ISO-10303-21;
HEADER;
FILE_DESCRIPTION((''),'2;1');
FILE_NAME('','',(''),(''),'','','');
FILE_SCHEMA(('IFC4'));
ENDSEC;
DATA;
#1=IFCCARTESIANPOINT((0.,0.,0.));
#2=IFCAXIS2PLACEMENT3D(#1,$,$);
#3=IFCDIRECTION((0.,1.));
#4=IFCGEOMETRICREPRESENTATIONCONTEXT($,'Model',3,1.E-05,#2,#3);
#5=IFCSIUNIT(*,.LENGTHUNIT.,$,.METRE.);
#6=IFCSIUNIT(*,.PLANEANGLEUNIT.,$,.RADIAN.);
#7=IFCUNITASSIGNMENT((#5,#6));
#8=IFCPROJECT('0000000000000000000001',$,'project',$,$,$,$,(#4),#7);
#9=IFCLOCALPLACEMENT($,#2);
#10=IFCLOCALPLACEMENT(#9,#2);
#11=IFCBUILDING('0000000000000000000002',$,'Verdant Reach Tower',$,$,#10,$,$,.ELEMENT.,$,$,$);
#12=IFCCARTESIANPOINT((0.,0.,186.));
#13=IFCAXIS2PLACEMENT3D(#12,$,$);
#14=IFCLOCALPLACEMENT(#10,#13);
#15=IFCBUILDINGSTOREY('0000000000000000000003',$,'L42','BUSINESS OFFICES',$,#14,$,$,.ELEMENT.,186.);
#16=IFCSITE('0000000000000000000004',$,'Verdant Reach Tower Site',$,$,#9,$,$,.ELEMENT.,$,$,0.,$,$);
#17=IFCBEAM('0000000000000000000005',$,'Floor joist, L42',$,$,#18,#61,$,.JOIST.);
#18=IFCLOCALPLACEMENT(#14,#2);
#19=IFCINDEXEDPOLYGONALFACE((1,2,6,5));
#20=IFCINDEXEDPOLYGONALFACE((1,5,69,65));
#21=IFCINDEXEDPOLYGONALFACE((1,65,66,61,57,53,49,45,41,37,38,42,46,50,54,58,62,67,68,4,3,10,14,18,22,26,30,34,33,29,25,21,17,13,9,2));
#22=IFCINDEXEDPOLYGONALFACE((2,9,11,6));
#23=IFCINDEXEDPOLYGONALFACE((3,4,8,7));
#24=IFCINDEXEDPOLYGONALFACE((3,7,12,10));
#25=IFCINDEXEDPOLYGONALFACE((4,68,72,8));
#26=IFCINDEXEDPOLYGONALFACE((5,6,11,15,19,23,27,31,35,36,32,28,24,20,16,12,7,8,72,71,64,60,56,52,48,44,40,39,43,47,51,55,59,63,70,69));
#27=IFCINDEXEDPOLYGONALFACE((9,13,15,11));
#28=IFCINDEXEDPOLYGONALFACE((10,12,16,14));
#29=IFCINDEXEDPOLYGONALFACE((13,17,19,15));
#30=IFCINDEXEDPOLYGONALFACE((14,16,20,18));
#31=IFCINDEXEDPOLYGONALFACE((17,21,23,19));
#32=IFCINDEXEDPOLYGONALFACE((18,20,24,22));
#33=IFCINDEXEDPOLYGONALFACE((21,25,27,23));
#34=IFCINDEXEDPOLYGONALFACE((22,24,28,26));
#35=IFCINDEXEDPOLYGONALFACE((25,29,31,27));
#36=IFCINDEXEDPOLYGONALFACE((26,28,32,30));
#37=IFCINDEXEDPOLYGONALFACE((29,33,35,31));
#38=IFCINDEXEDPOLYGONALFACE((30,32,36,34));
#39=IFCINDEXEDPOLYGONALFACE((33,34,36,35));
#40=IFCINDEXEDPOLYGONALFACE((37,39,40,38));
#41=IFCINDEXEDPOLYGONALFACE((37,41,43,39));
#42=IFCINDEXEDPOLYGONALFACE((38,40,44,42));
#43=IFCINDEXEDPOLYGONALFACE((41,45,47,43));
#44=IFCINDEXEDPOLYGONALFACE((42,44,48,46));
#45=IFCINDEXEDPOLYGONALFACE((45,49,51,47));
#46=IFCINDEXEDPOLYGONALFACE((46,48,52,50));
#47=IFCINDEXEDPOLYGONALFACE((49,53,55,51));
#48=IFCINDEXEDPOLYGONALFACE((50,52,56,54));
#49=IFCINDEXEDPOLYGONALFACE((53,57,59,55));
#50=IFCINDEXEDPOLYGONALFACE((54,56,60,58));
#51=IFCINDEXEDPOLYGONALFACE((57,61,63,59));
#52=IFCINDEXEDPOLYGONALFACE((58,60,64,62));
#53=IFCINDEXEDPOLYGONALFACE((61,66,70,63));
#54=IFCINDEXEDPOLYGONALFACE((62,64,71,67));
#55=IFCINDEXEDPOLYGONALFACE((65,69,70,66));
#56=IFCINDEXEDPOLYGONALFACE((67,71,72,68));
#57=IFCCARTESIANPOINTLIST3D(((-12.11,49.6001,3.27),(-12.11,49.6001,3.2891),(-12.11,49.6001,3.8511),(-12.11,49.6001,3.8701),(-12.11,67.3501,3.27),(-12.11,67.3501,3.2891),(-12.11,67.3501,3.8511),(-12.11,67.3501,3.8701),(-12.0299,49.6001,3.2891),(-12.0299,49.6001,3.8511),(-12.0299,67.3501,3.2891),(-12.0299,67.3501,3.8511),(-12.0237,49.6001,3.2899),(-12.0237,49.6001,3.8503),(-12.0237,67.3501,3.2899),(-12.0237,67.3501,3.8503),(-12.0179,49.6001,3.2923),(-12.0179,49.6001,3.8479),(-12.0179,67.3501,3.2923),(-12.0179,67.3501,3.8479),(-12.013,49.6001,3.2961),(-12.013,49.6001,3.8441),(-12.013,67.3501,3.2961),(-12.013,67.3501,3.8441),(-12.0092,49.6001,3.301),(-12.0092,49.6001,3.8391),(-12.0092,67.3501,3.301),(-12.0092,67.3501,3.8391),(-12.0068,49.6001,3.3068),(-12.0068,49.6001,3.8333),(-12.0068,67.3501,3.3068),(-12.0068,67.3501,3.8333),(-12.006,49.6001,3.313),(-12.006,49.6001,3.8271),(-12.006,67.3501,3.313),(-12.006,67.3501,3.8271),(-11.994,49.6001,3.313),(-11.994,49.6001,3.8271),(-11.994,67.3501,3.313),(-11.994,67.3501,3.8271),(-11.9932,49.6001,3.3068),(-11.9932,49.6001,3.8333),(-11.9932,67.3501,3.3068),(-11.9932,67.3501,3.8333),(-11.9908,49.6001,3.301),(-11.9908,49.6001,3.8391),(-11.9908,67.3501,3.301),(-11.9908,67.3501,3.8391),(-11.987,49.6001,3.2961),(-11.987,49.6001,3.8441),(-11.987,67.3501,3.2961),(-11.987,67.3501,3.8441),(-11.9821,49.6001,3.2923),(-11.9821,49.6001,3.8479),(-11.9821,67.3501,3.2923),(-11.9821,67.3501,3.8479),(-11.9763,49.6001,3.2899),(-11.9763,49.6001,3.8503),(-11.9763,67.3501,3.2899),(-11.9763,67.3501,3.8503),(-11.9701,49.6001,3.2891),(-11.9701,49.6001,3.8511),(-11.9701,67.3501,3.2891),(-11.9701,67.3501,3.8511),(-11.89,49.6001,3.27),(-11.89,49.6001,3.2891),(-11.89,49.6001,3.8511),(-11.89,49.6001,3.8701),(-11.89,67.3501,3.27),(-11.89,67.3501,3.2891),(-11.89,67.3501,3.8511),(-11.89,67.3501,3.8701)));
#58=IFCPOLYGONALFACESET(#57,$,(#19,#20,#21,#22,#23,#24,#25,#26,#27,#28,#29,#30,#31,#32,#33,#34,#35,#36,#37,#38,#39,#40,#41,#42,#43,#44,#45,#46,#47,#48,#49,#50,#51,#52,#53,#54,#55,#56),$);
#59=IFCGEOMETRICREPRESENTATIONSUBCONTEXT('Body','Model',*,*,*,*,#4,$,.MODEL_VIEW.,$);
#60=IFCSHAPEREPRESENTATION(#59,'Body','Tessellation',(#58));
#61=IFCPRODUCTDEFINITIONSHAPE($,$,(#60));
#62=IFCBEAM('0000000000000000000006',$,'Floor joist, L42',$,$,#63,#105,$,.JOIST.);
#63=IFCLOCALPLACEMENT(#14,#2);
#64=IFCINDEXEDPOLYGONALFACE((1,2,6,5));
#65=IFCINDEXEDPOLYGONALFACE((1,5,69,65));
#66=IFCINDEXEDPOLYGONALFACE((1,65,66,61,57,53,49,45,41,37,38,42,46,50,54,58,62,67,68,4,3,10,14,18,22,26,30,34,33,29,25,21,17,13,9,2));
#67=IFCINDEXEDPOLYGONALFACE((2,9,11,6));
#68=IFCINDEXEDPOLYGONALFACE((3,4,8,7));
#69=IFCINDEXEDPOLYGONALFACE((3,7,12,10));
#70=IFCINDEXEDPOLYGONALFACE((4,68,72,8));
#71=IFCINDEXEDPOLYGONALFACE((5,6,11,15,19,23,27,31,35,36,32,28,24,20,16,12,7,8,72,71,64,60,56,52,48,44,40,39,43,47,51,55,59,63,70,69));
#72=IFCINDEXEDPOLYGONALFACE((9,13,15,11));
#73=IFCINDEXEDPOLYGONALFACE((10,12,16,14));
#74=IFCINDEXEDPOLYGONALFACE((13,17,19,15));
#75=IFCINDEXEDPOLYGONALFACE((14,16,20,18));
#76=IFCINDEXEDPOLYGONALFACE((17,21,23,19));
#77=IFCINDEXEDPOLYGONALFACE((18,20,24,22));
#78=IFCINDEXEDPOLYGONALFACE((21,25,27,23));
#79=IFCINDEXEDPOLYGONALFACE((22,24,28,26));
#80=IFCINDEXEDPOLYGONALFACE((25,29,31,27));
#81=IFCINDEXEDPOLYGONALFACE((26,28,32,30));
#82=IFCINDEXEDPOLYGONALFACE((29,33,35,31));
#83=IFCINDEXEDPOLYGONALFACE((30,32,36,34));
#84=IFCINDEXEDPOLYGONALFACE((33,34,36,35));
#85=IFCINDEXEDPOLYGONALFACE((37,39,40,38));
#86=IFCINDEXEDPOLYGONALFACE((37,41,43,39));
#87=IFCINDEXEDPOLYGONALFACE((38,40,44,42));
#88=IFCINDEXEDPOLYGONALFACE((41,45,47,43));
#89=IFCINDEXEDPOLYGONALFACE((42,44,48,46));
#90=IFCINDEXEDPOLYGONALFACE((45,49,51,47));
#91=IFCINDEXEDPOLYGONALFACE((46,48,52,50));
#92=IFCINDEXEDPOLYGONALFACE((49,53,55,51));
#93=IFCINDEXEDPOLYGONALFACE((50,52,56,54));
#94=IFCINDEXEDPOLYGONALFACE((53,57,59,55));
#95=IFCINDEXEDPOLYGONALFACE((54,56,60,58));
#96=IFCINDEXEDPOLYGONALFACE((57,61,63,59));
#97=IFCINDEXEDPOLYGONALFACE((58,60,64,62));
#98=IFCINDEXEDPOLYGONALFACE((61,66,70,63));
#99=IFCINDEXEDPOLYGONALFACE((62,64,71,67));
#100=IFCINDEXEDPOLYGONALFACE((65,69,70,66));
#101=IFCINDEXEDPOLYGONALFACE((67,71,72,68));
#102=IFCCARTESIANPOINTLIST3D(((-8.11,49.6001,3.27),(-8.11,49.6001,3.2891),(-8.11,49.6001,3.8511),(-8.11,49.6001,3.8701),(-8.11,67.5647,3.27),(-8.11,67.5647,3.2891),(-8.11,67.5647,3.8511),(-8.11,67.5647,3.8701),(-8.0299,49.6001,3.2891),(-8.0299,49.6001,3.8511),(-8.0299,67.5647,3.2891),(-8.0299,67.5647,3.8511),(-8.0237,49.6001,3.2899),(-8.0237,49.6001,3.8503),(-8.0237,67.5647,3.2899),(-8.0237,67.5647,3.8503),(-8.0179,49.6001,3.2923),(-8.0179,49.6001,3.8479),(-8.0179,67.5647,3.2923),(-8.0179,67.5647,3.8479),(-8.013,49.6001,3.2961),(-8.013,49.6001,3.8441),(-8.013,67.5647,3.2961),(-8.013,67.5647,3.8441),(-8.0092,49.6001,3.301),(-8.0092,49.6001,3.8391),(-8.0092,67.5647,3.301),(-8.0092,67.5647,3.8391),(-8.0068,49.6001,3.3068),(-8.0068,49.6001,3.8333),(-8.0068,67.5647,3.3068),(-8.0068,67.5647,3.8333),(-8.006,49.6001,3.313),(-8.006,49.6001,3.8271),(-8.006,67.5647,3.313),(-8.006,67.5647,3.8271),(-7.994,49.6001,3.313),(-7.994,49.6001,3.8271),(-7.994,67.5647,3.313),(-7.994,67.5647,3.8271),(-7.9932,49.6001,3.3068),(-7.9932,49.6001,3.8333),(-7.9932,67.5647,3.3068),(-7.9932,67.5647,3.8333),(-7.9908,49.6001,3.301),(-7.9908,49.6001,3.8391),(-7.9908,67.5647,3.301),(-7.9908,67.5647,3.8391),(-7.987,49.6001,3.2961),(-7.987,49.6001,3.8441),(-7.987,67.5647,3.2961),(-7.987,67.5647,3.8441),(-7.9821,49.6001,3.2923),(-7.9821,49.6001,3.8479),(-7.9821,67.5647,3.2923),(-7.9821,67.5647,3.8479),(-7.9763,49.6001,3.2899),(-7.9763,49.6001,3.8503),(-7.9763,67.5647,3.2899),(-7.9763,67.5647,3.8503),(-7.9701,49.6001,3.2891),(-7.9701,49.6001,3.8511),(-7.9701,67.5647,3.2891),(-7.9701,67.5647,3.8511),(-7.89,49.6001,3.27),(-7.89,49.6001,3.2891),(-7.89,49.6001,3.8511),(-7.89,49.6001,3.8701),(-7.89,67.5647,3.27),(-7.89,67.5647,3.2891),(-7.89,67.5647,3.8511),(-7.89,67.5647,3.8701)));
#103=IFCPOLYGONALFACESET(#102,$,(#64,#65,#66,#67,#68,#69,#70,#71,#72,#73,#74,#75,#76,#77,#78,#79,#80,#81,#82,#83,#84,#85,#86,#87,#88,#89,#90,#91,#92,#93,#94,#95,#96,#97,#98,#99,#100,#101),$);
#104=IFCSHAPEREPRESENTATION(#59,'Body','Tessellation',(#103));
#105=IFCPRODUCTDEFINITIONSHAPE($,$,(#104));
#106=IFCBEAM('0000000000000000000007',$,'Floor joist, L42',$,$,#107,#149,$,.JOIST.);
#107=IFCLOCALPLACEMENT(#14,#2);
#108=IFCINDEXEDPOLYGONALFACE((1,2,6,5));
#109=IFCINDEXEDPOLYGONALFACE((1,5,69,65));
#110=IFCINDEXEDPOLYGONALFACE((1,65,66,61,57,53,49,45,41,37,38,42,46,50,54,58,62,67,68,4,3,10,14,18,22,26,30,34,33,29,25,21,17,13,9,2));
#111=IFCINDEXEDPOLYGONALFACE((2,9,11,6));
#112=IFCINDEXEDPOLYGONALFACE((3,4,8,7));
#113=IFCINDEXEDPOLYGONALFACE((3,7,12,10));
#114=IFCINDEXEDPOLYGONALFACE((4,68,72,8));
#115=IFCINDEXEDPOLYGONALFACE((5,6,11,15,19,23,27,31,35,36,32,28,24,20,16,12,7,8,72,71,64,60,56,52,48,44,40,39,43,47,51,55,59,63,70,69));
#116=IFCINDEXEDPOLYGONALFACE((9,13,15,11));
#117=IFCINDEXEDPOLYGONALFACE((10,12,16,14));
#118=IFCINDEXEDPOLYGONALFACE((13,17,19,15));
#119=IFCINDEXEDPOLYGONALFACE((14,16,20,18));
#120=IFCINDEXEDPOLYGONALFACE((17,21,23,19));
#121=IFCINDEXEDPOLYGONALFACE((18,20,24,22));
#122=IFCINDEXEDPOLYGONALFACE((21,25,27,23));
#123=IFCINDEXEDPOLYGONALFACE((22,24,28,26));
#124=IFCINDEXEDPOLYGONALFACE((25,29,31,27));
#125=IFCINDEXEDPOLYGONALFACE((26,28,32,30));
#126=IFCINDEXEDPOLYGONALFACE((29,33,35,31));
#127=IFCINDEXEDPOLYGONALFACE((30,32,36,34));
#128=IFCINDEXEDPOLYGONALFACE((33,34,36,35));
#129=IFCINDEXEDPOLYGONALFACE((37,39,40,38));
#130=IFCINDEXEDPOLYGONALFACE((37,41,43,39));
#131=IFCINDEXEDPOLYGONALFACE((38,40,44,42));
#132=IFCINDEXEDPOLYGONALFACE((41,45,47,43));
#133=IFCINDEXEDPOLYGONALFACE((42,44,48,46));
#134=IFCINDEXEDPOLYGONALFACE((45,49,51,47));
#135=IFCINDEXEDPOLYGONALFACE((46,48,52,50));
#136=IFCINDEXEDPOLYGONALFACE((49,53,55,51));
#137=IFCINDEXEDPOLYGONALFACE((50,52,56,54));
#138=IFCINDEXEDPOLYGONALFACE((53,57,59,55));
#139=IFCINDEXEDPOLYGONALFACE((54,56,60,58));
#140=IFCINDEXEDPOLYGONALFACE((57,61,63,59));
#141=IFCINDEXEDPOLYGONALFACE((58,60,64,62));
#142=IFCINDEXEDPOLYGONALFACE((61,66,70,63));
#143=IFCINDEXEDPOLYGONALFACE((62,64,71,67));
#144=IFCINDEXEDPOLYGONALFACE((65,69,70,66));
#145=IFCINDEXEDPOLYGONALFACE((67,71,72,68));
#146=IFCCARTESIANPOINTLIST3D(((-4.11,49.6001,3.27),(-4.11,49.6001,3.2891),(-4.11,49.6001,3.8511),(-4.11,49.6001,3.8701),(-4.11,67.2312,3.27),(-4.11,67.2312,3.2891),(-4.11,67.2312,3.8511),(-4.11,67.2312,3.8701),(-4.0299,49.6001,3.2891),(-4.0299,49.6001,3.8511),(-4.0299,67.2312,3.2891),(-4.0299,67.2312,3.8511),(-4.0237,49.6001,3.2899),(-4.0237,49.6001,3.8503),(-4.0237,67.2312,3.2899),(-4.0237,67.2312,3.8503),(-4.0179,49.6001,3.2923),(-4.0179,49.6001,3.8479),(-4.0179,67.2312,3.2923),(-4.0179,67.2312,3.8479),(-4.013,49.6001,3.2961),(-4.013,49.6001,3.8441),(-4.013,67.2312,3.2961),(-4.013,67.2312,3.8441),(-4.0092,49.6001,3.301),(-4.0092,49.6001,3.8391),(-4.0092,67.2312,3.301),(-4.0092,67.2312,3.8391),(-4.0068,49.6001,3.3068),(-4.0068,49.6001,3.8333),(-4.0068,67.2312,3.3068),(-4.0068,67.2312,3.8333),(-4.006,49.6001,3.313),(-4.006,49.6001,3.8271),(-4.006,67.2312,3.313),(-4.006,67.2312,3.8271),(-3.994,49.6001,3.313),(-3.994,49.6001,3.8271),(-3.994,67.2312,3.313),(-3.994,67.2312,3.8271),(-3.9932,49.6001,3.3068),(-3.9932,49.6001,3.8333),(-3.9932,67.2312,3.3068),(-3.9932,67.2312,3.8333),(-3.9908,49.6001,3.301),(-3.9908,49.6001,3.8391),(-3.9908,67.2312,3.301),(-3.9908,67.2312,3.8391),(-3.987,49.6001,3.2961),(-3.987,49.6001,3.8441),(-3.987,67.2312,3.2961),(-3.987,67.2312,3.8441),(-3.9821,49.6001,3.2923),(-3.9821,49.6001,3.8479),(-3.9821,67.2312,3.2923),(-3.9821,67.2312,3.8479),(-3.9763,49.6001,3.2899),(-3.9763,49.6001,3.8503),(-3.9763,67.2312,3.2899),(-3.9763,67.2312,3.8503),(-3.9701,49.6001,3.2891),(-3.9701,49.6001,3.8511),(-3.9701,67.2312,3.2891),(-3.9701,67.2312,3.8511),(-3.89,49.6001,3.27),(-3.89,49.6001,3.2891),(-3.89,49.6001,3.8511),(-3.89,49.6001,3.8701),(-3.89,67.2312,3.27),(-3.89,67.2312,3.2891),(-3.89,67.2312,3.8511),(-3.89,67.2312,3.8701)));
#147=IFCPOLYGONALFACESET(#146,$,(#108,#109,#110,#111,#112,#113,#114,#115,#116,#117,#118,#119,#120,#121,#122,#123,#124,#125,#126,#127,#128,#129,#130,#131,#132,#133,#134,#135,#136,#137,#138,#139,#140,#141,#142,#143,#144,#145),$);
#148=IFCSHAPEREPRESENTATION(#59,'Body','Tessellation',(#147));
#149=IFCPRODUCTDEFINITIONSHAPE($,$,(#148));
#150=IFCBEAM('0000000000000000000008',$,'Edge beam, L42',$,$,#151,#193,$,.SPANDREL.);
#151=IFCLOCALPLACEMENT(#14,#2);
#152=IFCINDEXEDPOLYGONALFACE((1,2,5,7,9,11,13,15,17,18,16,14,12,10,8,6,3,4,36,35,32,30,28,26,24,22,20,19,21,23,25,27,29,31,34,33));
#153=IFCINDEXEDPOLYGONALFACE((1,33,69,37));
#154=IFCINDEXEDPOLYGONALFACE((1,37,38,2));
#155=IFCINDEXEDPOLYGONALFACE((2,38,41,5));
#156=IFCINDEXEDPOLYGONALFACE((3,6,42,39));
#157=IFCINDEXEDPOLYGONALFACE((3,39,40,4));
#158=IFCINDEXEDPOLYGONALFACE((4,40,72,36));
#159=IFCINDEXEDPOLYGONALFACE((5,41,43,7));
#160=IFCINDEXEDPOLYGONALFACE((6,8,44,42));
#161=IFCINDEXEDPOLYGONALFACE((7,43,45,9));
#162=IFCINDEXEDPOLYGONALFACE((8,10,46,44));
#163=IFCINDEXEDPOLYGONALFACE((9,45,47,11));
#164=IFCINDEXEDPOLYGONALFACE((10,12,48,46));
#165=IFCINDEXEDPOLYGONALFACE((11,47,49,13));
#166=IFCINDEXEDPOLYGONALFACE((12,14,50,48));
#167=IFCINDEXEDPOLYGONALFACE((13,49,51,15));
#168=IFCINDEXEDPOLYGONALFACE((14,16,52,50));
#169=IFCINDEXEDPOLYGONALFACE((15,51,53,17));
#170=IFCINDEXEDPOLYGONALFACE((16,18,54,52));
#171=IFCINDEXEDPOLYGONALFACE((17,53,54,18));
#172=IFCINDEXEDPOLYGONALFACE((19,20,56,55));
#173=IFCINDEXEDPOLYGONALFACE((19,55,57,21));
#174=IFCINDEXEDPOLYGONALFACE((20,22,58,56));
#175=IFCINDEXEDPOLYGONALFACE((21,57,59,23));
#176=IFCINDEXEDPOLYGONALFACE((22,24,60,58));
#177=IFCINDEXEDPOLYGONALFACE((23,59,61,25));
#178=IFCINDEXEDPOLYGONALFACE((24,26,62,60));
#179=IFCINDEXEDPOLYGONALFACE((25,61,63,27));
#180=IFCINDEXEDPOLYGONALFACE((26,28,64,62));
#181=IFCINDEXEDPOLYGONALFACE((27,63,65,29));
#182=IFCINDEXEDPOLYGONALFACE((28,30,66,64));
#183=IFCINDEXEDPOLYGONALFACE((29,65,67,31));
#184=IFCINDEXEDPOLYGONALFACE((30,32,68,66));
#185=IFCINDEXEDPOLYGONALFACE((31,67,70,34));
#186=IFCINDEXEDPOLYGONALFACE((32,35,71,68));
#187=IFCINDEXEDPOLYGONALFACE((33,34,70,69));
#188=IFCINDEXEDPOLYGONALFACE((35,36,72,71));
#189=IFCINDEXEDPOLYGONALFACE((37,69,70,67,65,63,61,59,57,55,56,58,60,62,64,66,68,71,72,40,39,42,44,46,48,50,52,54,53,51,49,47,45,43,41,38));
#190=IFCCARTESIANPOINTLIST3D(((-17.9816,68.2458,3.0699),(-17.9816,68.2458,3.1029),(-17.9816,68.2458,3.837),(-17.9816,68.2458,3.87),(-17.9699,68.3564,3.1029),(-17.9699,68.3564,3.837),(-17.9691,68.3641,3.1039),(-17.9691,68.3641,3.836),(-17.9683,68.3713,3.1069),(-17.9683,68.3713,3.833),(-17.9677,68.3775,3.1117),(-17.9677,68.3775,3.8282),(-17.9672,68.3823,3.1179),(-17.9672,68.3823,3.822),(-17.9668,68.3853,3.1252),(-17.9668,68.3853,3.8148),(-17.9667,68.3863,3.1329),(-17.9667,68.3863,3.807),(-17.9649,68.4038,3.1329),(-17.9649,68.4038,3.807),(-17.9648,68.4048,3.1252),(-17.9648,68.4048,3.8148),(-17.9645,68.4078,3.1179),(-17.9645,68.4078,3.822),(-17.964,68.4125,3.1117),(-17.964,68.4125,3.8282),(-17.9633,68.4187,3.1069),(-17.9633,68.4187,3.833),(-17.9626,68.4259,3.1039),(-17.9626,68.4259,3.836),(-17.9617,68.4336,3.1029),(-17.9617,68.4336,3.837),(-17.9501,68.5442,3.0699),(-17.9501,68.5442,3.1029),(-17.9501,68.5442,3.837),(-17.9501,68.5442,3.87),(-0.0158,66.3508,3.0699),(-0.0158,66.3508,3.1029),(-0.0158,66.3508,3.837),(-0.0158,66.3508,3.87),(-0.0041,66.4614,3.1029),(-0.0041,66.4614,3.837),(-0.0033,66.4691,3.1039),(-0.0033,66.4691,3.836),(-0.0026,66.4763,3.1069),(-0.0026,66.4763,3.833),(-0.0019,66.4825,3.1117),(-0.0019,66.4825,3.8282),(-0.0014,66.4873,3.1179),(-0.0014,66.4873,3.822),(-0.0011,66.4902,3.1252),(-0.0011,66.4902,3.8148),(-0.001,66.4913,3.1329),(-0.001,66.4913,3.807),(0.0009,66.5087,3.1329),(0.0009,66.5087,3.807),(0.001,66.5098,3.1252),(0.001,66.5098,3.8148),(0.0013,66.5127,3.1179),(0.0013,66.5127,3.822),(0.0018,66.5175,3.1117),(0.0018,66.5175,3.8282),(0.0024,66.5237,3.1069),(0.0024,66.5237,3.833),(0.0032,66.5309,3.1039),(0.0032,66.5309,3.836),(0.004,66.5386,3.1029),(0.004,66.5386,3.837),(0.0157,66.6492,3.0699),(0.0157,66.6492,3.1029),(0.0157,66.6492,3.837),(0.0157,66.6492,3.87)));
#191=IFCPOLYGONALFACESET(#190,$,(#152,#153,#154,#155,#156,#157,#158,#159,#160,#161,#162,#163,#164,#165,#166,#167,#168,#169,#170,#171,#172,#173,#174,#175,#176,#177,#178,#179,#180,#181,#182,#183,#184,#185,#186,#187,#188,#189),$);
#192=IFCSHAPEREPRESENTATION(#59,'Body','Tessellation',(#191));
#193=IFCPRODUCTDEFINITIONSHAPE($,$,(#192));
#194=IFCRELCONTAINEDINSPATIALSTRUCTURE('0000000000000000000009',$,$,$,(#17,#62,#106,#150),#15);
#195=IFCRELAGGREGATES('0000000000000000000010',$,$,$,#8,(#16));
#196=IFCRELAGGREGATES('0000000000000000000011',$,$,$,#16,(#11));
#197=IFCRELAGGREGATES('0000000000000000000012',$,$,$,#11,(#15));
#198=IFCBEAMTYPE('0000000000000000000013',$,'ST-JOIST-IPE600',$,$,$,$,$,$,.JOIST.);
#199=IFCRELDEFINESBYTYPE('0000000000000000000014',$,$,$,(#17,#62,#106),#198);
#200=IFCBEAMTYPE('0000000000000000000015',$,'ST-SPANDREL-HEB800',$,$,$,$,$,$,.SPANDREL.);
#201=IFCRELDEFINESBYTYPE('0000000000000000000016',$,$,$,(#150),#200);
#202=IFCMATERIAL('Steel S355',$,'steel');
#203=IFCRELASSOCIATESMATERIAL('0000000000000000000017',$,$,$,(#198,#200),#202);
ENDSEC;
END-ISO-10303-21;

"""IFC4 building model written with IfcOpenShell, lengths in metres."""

from ifc_helpers import new_model, si_unit, direction, frame, origin, origin_2d, place, context, subcontext, project, spatial, i_section, extrude, material, material_profile, profile_set, type_object, element, save


model = new_model("IFC4")

# Units and contexts
model_context = context("Model", 3, precision=1e-05, world=origin(), true_north=direction((0.0, 1.0)))
body_context = subcontext(model_context, "Body", "Model", "MODEL_VIEW")
ifc_project = project(units=[si_unit("LENGTHUNIT", "METRE"), si_unit("PLANEANGLEUNIT", "RADIAN")], contexts=[model_context])

# Site, building, storey
site_placement = place(None, origin())
site = spatial("IfcSite", under=ifc_project, at=site_placement, Name="Verdant Reach Tower Site", CompositionType="ELEMENT", RefElevation=0.0)
building_placement = place(site_placement, origin())
building = spatial("IfcBuilding", under=site, at=building_placement, Name="Verdant Reach Tower", CompositionType="ELEMENT")
storey_placement = place(building_placement, frame((0.0, 0.0, 186.0)))
storey = spatial("IfcBuildingStorey", under=building, at=storey_placement, Name="L42", Description="BUSINESS OFFICES", CompositionType="ELEMENT", Elevation=186.0)

# Beams
ifc_material_1 = material(Name="Steel S355", Category="steel")
ifc_material_profile_1 = material_profile(ifc_material_1, i_section(OverallWidth=0.22, OverallDepth=0.6001, WebThickness=0.012, FlangeThickness=0.019, FilletRadius=0.0239, at=origin_2d()), Name="IPE 600")
ifc_profile_set_1 = profile_set([ifc_material_profile_1], Name="Steel S355")
beam_type_1 = type_object("IfcBeamType", Name="ST-JOIST-IPE600", PredefinedType="JOIST", material=ifc_profile_set_1)
beam_1_placement = place(storey_placement, frame((-12.0, 49.6001, 3.5701), z_axis=(0.0, 1.0, 0.0), x_axis=(-1.0, 0.0, 0.0)))
element("IfcBeam", 1, at=beam_1_placement, inside=storey, type_object=beam_type_1, Name="Floor joist, L42", PredefinedType="JOIST", context=body_context, shape_type="SweptSolid", body=[
    extrude(i_section(OverallWidth=0.22, OverallDepth=0.6001, WebThickness=0.012, FlangeThickness=0.019, FilletRadius=0.0239, at=origin_2d()), origin(), (0.0, 0.0, 1.0), 17.75),
])
beam_2_placement = place(storey_placement, frame((-8.0, 49.6001, 3.5701), z_axis=(0.0, 1.0, 0.0), x_axis=(-1.0, 0.0, 0.0)))
element("IfcBeam", 2, at=beam_2_placement, inside=storey, type_object=beam_type_1, Name="Floor joist, L42", PredefinedType="JOIST", context=body_context, shape_type="SweptSolid", body=[
    extrude(i_section(OverallWidth=0.22, OverallDepth=0.6001, WebThickness=0.012, FlangeThickness=0.019, FilletRadius=0.0239, at=origin_2d()), origin(), (0.0, 0.0, 1.0), 17.9646),
])
beam_3_placement = place(storey_placement, frame((-4.0, 49.6001, 3.5701), z_axis=(0.0, 1.0, 0.0), x_axis=(-1.0, 0.0, 0.0)))
element("IfcBeam", 3, at=beam_3_placement, inside=storey, type_object=beam_type_1, Name="Floor joist, L42", PredefinedType="JOIST", context=body_context, shape_type="SweptSolid", body=[
    extrude(i_section(OverallWidth=0.22, OverallDepth=0.6001, WebThickness=0.012, FlangeThickness=0.019, FilletRadius=0.0239, at=origin_2d()), origin(), (0.0, 0.0, 1.0), 17.6311),
])
ifc_material_profile_2 = material_profile(ifc_material_1, i_section(OverallWidth=0.3, OverallDepth=0.8, WebThickness=0.0176, FlangeThickness=0.033, FilletRadius=0.03, at=origin_2d()), Name="HEB 800")
ifc_profile_set_2 = profile_set([ifc_material_profile_2], Name="Steel S355")
beam_type_2 = type_object("IfcBeamType", Name="ST-SPANDREL-HEB800", PredefinedType="SPANDREL", material=ifc_profile_set_2)
for number, where, z_axis, x_axis, name in (
    (4, (-17.9658, 68.395, 3.47), (0.994483, -0.104897, 0.0), (0.104897, 0.994483, 0.0), "Edge beam, L42"),
):
    element("IfcBeam", number, at=place(storey_placement, frame(where, z_axis=z_axis, x_axis=x_axis)), inside=storey, type_object=beam_type_2, Name=name, PredefinedType="SPANDREL", context=body_context, shape_type="SweptSolid", body=[
        extrude(i_section(OverallWidth=0.3, OverallDepth=0.8, WebThickness=0.0176, FlangeThickness=0.033, FilletRadius=0.03, at=origin_2d()), origin(), (0.0, 0.0, 1.0), 18.0654),
    ])

save(model, "model.ifc")
